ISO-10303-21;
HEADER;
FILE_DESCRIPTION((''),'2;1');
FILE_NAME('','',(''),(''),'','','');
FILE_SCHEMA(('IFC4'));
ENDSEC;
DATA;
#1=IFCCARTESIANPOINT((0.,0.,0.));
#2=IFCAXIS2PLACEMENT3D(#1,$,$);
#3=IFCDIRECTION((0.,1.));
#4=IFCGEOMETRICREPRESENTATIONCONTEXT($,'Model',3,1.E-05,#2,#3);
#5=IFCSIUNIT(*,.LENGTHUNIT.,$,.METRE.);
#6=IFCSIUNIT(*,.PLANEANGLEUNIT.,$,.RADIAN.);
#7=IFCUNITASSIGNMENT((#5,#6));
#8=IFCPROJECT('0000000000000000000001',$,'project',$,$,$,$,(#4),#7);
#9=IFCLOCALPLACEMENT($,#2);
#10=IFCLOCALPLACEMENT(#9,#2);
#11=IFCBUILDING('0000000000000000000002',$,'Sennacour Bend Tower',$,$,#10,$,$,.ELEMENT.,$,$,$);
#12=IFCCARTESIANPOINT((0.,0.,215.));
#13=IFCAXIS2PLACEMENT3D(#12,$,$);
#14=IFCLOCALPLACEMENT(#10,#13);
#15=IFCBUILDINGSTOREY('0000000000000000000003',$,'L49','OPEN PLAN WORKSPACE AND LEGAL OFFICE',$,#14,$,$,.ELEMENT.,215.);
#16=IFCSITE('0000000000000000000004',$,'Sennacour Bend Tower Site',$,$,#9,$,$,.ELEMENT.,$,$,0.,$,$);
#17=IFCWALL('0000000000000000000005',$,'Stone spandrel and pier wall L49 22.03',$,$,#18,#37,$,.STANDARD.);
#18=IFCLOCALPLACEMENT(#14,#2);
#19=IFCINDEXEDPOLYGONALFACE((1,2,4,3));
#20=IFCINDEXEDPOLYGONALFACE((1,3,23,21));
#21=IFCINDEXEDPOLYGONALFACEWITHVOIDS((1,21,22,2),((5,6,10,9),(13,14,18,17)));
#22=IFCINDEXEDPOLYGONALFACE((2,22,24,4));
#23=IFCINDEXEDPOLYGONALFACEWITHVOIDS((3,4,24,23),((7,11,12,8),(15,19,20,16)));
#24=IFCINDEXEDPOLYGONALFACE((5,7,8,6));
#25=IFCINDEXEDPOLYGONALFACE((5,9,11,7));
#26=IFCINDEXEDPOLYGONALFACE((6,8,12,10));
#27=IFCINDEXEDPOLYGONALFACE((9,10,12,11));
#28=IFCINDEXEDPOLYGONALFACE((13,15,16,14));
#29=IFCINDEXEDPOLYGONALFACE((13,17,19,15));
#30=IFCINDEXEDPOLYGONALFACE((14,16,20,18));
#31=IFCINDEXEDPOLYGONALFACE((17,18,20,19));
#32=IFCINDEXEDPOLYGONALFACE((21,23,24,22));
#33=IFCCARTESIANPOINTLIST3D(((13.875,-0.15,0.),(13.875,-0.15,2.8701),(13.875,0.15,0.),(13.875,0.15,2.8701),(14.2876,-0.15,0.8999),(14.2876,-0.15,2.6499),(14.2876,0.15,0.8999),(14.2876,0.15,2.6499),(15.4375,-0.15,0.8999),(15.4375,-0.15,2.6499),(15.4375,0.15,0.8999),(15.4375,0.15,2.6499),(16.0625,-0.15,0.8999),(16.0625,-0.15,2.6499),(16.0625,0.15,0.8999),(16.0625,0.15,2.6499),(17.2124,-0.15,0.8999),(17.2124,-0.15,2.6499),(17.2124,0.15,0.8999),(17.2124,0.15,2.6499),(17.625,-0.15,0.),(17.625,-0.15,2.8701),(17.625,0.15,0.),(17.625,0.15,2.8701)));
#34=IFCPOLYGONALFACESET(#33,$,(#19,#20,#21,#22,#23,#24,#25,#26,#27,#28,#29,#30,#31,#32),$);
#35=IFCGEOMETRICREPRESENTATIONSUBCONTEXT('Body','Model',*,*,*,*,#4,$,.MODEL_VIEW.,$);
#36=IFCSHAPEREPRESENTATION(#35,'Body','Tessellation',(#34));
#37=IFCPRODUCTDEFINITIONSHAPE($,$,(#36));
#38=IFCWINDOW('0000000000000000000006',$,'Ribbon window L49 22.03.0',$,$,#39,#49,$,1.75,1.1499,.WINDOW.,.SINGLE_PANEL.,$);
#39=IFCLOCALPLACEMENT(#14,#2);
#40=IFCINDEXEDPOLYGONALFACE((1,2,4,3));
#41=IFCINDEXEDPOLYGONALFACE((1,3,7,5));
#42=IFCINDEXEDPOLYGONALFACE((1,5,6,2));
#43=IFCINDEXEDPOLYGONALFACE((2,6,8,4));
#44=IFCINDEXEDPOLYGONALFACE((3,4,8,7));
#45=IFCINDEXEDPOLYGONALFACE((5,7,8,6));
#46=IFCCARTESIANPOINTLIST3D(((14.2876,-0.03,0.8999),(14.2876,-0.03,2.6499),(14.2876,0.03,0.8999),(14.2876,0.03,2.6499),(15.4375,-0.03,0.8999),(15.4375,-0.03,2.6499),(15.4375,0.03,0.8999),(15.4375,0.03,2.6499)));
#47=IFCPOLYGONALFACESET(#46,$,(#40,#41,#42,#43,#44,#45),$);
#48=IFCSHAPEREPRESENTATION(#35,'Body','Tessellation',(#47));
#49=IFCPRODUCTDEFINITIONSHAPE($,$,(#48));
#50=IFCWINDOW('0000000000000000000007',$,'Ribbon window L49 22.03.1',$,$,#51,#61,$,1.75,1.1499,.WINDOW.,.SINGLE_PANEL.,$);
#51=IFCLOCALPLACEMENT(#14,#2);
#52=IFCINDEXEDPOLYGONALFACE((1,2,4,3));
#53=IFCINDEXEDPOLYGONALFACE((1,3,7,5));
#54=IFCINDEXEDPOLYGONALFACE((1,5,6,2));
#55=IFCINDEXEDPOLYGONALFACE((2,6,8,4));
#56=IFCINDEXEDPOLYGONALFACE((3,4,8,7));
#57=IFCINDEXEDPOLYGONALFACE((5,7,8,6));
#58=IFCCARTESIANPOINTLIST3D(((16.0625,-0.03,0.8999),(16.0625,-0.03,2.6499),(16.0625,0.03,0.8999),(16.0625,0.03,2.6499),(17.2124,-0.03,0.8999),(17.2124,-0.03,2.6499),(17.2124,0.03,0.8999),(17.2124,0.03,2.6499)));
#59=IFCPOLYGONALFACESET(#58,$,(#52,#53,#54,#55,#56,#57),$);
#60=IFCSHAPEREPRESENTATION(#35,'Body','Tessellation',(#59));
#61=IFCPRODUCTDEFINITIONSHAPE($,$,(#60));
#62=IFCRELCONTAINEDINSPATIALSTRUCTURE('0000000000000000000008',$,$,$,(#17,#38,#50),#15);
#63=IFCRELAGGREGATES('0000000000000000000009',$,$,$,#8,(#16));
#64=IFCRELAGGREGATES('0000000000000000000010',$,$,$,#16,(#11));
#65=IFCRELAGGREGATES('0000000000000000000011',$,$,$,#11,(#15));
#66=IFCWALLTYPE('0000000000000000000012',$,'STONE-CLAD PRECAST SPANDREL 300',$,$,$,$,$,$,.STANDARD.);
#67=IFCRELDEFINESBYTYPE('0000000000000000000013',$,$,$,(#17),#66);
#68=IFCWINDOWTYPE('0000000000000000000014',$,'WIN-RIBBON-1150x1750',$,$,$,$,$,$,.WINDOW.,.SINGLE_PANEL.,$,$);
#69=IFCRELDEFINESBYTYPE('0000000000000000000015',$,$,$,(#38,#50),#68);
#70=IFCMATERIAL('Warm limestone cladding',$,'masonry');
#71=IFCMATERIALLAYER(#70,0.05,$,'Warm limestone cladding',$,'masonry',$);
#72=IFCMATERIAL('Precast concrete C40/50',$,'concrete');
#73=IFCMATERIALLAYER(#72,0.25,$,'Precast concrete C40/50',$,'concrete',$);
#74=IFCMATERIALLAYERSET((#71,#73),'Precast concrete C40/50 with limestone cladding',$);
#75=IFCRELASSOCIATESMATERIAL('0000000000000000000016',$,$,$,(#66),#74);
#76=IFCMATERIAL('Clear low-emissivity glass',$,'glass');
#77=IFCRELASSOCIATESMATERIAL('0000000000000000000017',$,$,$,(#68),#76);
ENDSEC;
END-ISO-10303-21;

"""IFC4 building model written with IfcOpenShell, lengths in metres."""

from ifc_helpers import new_model, si_unit, direction, frame, frame_2d, origin, place, context, subcontext, project, spatial, rectangle, extrude, material, layer, layer_set, type_object, element, fill, save


model = new_model("IFC4")

# Units and contexts
model_context = context("Model", 3, precision=1e-05, world=origin(), true_north=direction((0.0, 1.0)))
body_context = subcontext(model_context, "Body", "Model", "MODEL_VIEW")
ifc_project = project(units=[si_unit("LENGTHUNIT", "METRE"), si_unit("PLANEANGLEUNIT", "RADIAN")], contexts=[model_context])

# Site, building, storey
site_placement = place(None, origin())
site = spatial("IfcSite", under=ifc_project, at=site_placement, Name="Sennacour Bend Tower Site", CompositionType="ELEMENT", RefElevation=0.0)
building_placement = place(site_placement, origin())
building = spatial("IfcBuilding", under=site, at=building_placement, Name="Sennacour Bend Tower", CompositionType="ELEMENT")
storey_placement = place(building_placement, frame((0.0, 0.0, 215.0)))
storey = spatial("IfcBuildingStorey", under=building, at=storey_placement, Name="L49", Description="OPEN PLAN WORKSPACE AND LEGAL OFFICE", CompositionType="ELEMENT", Elevation=215.0)

# Wall, openings, windows
ifc_material_1 = material(Name="Warm limestone cladding", Category="masonry")
ifc_layer_1 = layer(ifc_material_1, 0.05, Name="Warm limestone cladding", Category="masonry")
ifc_material_2 = material(Name="Precast concrete C40/50", Category="concrete")
ifc_layer_2 = layer(ifc_material_2, 0.25, Name="Precast concrete C40/50", Category="concrete")
ifc_layer_set_1 = layer_set([ifc_layer_1, ifc_layer_2], Name="Precast concrete C40/50 with limestone cladding")
wall_type_1 = type_object("IfcWallType", Name="STONE-CLAD PRECAST SPANDREL 300", PredefinedType="STANDARD", material=ifc_layer_set_1)
wall_1_placement = place(storey_placement, frame((13.875, 0.0, 0.0), z_axis=(0.0, 0.0, 1.0), x_axis=(1.0, 0.0, 0.0)))
wall_1 = element("IfcWall", 1, at=wall_1_placement, inside=storey, type_object=wall_type_1, Name="Stone spandrel and pier wall L49 22.03", PredefinedType="STANDARD", context=body_context, shape_type="SweptSolid", body=[
    extrude(rectangle(XDim=3.75, YDim=0.3, at=frame_2d((1.875, 0.0))), origin(), (0.0, 0.0, 1.0), 2.8701),
])
opening_1_placement = place(wall_1_placement, frame((0.4126, 0.0, 0.8999)))
opening_1 = element("IfcOpeningElement", 2, at=opening_1_placement, cuts=wall_1, PredefinedType="OPENING", context=body_context, shape_type="SweptSolid", body=[
    extrude(rectangle(XDim=1.1499, YDim=1.75, at=frame_2d((0.575, 0.875))), frame((0.0, 0.1602, 0.0), z_axis=(0.0, -1.0, 0.0), x_axis=(1.0, 0.0, 0.0)), (0.0, 0.0, 1.0), 0.3201),
])
opening_2_placement = place(wall_1_placement, frame((2.1875, 0.0, 0.8999)))
opening_2 = element("IfcOpeningElement", 3, at=opening_2_placement, cuts=wall_1, PredefinedType="OPENING", context=body_context, shape_type="SweptSolid", body=[
    extrude(rectangle(XDim=1.1499, YDim=1.75, at=frame_2d((0.575, 0.875))), frame((0.0, 0.1602, 0.0), z_axis=(0.0, -1.0, 0.0), x_axis=(1.0, 0.0, 0.0)), (0.0, 0.0, 1.0), 0.3201),
])
ifc_material_3 = material(Name="Clear low-emissivity glass", Category="glass")
window_type = type_object("IfcWindowType", Name="WIN-RIBBON-1150x1750", PartitioningType="SINGLE_PANEL", PredefinedType="WINDOW", material=ifc_material_3)
window_1_placement = place(opening_1_placement, origin())
window_1 = element("IfcWindow", 4, at=window_1_placement, inside=storey, type_object=window_type, Name="Ribbon window L49 22.03.0", OverallHeight=1.75, OverallWidth=1.1499, PartitioningType="SINGLE_PANEL", PredefinedType="WINDOW", context=body_context, shape_type="SweptSolid", body=[
    extrude(rectangle(XDim=1.1499, YDim=1.75, at=frame_2d((0.575, 0.875))), frame((0.0, 0.03, 0.0), z_axis=(0.0, -1.0, 0.0), x_axis=(1.0, 0.0, 0.0)), (0.0, 0.0, 1.0), 0.0601),
])
fill(opening_1, window_1)
window_2_placement = place(opening_2_placement, origin())
window_2 = element("IfcWindow", 5, at=window_2_placement, inside=storey, type_object=window_type, Name="Ribbon window L49 22.03.1", OverallHeight=1.75, OverallWidth=1.1499, PartitioningType="SINGLE_PANEL", PredefinedType="WINDOW", context=body_context, shape_type="SweptSolid", body=[
    extrude(rectangle(XDim=1.1499, YDim=1.75, at=frame_2d((0.575, 0.875))), frame((0.0, 0.03, 0.0), z_axis=(0.0, -1.0, 0.0), x_axis=(1.0, 0.0, 0.0)), (0.0, 0.0, 1.0), 0.0601),
])
fill(opening_2, window_2)

save(model, "model.ifc")
